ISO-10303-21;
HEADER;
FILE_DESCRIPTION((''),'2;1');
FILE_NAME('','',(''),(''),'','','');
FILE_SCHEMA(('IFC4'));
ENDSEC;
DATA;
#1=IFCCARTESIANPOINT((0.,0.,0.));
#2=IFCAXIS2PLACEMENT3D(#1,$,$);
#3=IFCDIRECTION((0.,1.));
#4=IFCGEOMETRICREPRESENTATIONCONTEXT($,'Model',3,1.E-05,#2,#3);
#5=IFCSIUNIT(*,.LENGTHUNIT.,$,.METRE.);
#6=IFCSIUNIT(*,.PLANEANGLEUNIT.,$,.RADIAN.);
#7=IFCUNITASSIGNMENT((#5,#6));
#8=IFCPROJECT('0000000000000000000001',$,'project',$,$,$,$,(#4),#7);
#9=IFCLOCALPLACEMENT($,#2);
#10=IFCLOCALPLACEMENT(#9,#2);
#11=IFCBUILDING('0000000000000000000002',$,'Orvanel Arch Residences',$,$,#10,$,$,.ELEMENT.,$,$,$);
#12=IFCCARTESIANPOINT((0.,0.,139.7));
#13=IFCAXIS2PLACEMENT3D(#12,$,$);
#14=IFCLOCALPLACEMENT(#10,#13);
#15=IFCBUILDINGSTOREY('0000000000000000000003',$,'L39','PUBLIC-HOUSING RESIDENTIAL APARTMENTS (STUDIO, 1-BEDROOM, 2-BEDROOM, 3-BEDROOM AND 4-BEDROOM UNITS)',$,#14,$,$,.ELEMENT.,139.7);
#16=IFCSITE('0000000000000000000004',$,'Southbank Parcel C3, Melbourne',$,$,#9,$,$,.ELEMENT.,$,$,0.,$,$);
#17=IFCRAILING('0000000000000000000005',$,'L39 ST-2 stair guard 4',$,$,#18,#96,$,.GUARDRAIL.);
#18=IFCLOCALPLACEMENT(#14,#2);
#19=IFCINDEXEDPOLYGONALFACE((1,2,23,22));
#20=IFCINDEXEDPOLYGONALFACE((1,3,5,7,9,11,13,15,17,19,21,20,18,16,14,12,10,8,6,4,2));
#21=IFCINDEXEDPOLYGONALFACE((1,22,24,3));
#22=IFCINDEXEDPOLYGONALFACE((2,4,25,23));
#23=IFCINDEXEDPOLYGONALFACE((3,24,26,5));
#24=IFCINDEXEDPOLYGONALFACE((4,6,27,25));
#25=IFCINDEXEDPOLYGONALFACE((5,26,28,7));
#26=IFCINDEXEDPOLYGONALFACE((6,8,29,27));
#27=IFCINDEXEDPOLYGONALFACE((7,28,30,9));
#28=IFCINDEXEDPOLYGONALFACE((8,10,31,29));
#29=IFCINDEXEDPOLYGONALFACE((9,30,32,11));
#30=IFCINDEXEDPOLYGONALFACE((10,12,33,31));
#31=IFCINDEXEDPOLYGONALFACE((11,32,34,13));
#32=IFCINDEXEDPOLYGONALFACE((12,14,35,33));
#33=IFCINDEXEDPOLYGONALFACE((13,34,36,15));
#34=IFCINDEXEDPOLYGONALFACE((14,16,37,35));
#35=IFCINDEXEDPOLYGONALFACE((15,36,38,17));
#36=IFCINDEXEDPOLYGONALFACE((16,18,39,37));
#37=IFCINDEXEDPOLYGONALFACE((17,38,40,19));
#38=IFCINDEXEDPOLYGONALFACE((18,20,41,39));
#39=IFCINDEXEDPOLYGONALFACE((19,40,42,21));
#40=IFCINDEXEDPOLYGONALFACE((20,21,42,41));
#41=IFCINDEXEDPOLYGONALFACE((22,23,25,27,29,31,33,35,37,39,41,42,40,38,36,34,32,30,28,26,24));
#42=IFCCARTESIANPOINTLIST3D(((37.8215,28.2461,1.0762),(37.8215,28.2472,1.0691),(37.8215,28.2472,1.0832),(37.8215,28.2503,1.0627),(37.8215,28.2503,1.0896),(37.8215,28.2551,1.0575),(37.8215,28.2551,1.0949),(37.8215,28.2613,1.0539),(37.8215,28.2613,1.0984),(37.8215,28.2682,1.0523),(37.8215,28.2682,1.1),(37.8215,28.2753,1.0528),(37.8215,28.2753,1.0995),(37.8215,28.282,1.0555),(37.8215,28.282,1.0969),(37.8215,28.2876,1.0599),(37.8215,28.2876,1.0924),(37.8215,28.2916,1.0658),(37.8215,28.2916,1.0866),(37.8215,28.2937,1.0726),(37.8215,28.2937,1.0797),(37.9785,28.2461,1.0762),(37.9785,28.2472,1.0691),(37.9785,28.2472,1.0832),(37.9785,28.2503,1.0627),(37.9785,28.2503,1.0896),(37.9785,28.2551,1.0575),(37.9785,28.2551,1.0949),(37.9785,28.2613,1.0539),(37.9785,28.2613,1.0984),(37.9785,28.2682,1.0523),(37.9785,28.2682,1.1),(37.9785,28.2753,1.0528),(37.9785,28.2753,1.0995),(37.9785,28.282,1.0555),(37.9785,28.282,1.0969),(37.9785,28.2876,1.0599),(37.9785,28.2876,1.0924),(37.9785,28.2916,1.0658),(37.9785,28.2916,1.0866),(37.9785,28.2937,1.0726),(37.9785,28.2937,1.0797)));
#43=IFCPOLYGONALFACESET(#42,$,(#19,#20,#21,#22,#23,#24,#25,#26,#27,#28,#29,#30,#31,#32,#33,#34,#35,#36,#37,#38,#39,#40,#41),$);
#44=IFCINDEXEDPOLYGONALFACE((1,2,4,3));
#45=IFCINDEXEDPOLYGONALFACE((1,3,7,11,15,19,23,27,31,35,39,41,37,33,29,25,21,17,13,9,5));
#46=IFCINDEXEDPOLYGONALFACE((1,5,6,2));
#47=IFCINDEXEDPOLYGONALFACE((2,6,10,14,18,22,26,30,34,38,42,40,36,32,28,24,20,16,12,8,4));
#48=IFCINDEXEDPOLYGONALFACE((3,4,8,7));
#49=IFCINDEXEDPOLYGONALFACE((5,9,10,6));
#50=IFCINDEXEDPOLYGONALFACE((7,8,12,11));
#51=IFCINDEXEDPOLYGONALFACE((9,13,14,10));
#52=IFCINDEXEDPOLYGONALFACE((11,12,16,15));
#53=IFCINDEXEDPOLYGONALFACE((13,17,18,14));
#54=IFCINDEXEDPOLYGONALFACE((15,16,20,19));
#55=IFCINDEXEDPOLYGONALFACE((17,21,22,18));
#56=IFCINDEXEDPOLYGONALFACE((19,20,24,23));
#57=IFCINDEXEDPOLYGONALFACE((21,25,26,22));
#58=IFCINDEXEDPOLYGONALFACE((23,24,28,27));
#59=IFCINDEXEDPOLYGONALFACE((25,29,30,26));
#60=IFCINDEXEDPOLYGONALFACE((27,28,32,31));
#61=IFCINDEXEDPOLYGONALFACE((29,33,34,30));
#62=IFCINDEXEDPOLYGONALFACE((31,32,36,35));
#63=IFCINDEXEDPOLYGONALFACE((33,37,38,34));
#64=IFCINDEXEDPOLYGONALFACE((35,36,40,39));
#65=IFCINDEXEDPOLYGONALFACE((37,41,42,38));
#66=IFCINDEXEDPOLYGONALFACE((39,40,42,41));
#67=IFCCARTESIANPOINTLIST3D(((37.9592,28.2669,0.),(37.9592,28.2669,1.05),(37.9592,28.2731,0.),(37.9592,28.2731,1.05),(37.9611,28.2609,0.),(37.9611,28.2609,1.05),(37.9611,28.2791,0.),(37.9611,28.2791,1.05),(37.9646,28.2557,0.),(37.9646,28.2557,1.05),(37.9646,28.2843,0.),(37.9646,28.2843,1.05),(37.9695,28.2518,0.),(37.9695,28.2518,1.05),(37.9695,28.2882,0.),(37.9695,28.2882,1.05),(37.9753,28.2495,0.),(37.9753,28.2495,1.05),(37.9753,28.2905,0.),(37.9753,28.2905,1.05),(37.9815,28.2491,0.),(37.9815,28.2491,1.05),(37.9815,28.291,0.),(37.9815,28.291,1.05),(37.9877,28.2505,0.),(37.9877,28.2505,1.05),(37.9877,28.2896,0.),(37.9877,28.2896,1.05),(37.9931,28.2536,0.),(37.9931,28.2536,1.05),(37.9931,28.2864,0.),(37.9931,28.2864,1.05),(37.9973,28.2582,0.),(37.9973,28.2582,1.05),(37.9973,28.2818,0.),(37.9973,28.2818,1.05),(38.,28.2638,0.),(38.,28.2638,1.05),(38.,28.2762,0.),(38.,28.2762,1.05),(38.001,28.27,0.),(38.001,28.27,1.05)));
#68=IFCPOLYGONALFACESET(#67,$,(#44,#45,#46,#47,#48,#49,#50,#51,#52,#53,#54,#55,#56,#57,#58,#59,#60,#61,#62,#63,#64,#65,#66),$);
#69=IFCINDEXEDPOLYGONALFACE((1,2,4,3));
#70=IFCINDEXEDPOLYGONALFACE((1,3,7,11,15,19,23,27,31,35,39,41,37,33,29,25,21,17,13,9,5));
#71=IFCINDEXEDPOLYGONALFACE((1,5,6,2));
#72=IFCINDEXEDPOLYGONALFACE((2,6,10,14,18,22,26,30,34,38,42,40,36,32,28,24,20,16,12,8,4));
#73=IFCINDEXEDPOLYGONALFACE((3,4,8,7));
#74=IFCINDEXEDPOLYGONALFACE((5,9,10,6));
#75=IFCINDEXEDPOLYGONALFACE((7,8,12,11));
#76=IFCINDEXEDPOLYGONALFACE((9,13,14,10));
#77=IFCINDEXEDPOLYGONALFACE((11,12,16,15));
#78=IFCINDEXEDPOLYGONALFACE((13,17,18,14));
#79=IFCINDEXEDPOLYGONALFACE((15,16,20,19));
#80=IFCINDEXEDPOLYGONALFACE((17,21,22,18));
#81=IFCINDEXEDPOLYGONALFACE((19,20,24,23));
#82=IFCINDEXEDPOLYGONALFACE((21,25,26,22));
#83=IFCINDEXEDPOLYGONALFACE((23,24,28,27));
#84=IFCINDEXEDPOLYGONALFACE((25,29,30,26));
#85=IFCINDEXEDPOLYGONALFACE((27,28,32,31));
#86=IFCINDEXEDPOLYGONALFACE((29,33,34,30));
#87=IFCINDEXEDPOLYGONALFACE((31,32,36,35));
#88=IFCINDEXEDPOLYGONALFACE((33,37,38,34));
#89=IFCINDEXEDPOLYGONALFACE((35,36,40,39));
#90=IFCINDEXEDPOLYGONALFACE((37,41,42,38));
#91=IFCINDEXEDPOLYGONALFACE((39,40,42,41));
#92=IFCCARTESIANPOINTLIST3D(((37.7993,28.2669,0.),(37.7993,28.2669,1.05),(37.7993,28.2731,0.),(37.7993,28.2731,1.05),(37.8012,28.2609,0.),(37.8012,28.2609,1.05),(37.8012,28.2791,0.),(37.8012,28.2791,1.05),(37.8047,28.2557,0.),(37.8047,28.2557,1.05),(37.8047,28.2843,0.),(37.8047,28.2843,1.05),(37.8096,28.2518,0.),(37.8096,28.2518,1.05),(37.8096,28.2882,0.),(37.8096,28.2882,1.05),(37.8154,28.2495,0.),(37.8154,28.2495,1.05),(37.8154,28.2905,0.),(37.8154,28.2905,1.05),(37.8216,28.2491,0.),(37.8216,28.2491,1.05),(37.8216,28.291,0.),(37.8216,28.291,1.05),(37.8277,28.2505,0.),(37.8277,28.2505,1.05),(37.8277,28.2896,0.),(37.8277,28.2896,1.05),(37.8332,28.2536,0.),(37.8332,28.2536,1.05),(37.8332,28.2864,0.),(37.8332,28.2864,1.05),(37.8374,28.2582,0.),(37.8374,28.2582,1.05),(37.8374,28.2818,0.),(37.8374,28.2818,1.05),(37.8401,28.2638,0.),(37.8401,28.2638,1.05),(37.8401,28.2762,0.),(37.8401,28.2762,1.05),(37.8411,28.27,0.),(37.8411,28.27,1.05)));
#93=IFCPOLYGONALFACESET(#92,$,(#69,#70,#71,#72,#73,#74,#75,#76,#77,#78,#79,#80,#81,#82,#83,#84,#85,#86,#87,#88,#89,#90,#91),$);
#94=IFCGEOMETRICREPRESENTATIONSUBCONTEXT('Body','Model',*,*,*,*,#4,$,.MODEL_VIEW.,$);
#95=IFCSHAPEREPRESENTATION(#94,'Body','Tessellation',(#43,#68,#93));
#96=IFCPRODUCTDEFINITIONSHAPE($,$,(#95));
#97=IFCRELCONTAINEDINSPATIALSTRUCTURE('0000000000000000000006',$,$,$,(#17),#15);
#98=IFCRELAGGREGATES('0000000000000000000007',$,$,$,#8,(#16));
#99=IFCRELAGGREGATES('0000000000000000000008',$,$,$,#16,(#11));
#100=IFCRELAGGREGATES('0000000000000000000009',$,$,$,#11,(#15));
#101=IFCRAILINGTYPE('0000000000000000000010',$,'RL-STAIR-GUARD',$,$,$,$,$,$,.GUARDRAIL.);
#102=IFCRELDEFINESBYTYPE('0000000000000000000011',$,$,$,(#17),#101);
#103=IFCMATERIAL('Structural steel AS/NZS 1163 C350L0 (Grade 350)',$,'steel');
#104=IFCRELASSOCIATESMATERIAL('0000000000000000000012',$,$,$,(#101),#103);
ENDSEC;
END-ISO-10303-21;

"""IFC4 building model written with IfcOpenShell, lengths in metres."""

from ifc_helpers import new_model, si_unit, direction, frame, origin, origin_2d, place, context, subcontext, project, spatial, circle, extrude, material, type_object, element, save


model = new_model("IFC4")

# Units and contexts
model_context = context("Model", 3, precision=1e-05, world=origin(), true_north=direction((0.0, 1.0)))
body_context = subcontext(model_context, "Body", "Model", "MODEL_VIEW")
ifc_project = project(units=[si_unit("LENGTHUNIT", "METRE"), si_unit("PLANEANGLEUNIT", "RADIAN")], contexts=[model_context])

# Site, building, storey
site_placement = place(None, origin())
site = spatial("IfcSite", under=ifc_project, at=site_placement, Name="Southbank Parcel C3, Melbourne", CompositionType="ELEMENT", RefElevation=0.0)
building_placement = place(site_placement, origin())
building = spatial("IfcBuilding", under=site, at=building_placement, Name="Orvanel Arch Residences", CompositionType="ELEMENT")
storey_placement = place(building_placement, frame((0.0, 0.0, 139.7)))
storey = spatial("IfcBuildingStorey", under=building, at=storey_placement, Name="L39", Description="PUBLIC-HOUSING RESIDENTIAL APARTMENTS (STUDIO, 1-BEDROOM, 2-BEDROOM, 3-BEDROOM AND 4-BEDROOM UNITS)", CompositionType="ELEMENT", Elevation=139.7)

# Railing
ifc_material_1 = material(Name="Structural steel AS/NZS 1163 C350L0 (Grade 350)", Category="steel")
railing_type_1 = type_object("IfcRailingType", Name="RL-STAIR-GUARD", PredefinedType="GUARDRAIL", material=ifc_material_1)
railing_1_placement = place(storey_placement, frame((37.98, 28.27, 0.0)))
element("IfcRailing", 1, at=railing_1_placement, inside=storey, type_object=railing_type_1, Name="L39 ST-2 stair guard 4", PredefinedType="GUARDRAIL", context=body_context, shape_type="SweptSolid", body=[
    extrude(circle(Radius=0.0239, at=origin_2d()), frame((-0.0015, 0.0, 1.0762), z_axis=(-1.0, 0.0, 0.0), x_axis=(0.0, -1.0, 0.0)), (0.0, 0.0, 1.0), 0.157),
    extrude(circle(Radius=0.021, at=origin_2d()), origin(), (0.0, 0.0, 1.0), 1.05),
    extrude(circle(Radius=0.021, at=origin_2d()), frame((-0.1599, 0.0, 0.0)), (0.0, 0.0, 1.0), 1.05),
])

save(model, "model.ifc")
